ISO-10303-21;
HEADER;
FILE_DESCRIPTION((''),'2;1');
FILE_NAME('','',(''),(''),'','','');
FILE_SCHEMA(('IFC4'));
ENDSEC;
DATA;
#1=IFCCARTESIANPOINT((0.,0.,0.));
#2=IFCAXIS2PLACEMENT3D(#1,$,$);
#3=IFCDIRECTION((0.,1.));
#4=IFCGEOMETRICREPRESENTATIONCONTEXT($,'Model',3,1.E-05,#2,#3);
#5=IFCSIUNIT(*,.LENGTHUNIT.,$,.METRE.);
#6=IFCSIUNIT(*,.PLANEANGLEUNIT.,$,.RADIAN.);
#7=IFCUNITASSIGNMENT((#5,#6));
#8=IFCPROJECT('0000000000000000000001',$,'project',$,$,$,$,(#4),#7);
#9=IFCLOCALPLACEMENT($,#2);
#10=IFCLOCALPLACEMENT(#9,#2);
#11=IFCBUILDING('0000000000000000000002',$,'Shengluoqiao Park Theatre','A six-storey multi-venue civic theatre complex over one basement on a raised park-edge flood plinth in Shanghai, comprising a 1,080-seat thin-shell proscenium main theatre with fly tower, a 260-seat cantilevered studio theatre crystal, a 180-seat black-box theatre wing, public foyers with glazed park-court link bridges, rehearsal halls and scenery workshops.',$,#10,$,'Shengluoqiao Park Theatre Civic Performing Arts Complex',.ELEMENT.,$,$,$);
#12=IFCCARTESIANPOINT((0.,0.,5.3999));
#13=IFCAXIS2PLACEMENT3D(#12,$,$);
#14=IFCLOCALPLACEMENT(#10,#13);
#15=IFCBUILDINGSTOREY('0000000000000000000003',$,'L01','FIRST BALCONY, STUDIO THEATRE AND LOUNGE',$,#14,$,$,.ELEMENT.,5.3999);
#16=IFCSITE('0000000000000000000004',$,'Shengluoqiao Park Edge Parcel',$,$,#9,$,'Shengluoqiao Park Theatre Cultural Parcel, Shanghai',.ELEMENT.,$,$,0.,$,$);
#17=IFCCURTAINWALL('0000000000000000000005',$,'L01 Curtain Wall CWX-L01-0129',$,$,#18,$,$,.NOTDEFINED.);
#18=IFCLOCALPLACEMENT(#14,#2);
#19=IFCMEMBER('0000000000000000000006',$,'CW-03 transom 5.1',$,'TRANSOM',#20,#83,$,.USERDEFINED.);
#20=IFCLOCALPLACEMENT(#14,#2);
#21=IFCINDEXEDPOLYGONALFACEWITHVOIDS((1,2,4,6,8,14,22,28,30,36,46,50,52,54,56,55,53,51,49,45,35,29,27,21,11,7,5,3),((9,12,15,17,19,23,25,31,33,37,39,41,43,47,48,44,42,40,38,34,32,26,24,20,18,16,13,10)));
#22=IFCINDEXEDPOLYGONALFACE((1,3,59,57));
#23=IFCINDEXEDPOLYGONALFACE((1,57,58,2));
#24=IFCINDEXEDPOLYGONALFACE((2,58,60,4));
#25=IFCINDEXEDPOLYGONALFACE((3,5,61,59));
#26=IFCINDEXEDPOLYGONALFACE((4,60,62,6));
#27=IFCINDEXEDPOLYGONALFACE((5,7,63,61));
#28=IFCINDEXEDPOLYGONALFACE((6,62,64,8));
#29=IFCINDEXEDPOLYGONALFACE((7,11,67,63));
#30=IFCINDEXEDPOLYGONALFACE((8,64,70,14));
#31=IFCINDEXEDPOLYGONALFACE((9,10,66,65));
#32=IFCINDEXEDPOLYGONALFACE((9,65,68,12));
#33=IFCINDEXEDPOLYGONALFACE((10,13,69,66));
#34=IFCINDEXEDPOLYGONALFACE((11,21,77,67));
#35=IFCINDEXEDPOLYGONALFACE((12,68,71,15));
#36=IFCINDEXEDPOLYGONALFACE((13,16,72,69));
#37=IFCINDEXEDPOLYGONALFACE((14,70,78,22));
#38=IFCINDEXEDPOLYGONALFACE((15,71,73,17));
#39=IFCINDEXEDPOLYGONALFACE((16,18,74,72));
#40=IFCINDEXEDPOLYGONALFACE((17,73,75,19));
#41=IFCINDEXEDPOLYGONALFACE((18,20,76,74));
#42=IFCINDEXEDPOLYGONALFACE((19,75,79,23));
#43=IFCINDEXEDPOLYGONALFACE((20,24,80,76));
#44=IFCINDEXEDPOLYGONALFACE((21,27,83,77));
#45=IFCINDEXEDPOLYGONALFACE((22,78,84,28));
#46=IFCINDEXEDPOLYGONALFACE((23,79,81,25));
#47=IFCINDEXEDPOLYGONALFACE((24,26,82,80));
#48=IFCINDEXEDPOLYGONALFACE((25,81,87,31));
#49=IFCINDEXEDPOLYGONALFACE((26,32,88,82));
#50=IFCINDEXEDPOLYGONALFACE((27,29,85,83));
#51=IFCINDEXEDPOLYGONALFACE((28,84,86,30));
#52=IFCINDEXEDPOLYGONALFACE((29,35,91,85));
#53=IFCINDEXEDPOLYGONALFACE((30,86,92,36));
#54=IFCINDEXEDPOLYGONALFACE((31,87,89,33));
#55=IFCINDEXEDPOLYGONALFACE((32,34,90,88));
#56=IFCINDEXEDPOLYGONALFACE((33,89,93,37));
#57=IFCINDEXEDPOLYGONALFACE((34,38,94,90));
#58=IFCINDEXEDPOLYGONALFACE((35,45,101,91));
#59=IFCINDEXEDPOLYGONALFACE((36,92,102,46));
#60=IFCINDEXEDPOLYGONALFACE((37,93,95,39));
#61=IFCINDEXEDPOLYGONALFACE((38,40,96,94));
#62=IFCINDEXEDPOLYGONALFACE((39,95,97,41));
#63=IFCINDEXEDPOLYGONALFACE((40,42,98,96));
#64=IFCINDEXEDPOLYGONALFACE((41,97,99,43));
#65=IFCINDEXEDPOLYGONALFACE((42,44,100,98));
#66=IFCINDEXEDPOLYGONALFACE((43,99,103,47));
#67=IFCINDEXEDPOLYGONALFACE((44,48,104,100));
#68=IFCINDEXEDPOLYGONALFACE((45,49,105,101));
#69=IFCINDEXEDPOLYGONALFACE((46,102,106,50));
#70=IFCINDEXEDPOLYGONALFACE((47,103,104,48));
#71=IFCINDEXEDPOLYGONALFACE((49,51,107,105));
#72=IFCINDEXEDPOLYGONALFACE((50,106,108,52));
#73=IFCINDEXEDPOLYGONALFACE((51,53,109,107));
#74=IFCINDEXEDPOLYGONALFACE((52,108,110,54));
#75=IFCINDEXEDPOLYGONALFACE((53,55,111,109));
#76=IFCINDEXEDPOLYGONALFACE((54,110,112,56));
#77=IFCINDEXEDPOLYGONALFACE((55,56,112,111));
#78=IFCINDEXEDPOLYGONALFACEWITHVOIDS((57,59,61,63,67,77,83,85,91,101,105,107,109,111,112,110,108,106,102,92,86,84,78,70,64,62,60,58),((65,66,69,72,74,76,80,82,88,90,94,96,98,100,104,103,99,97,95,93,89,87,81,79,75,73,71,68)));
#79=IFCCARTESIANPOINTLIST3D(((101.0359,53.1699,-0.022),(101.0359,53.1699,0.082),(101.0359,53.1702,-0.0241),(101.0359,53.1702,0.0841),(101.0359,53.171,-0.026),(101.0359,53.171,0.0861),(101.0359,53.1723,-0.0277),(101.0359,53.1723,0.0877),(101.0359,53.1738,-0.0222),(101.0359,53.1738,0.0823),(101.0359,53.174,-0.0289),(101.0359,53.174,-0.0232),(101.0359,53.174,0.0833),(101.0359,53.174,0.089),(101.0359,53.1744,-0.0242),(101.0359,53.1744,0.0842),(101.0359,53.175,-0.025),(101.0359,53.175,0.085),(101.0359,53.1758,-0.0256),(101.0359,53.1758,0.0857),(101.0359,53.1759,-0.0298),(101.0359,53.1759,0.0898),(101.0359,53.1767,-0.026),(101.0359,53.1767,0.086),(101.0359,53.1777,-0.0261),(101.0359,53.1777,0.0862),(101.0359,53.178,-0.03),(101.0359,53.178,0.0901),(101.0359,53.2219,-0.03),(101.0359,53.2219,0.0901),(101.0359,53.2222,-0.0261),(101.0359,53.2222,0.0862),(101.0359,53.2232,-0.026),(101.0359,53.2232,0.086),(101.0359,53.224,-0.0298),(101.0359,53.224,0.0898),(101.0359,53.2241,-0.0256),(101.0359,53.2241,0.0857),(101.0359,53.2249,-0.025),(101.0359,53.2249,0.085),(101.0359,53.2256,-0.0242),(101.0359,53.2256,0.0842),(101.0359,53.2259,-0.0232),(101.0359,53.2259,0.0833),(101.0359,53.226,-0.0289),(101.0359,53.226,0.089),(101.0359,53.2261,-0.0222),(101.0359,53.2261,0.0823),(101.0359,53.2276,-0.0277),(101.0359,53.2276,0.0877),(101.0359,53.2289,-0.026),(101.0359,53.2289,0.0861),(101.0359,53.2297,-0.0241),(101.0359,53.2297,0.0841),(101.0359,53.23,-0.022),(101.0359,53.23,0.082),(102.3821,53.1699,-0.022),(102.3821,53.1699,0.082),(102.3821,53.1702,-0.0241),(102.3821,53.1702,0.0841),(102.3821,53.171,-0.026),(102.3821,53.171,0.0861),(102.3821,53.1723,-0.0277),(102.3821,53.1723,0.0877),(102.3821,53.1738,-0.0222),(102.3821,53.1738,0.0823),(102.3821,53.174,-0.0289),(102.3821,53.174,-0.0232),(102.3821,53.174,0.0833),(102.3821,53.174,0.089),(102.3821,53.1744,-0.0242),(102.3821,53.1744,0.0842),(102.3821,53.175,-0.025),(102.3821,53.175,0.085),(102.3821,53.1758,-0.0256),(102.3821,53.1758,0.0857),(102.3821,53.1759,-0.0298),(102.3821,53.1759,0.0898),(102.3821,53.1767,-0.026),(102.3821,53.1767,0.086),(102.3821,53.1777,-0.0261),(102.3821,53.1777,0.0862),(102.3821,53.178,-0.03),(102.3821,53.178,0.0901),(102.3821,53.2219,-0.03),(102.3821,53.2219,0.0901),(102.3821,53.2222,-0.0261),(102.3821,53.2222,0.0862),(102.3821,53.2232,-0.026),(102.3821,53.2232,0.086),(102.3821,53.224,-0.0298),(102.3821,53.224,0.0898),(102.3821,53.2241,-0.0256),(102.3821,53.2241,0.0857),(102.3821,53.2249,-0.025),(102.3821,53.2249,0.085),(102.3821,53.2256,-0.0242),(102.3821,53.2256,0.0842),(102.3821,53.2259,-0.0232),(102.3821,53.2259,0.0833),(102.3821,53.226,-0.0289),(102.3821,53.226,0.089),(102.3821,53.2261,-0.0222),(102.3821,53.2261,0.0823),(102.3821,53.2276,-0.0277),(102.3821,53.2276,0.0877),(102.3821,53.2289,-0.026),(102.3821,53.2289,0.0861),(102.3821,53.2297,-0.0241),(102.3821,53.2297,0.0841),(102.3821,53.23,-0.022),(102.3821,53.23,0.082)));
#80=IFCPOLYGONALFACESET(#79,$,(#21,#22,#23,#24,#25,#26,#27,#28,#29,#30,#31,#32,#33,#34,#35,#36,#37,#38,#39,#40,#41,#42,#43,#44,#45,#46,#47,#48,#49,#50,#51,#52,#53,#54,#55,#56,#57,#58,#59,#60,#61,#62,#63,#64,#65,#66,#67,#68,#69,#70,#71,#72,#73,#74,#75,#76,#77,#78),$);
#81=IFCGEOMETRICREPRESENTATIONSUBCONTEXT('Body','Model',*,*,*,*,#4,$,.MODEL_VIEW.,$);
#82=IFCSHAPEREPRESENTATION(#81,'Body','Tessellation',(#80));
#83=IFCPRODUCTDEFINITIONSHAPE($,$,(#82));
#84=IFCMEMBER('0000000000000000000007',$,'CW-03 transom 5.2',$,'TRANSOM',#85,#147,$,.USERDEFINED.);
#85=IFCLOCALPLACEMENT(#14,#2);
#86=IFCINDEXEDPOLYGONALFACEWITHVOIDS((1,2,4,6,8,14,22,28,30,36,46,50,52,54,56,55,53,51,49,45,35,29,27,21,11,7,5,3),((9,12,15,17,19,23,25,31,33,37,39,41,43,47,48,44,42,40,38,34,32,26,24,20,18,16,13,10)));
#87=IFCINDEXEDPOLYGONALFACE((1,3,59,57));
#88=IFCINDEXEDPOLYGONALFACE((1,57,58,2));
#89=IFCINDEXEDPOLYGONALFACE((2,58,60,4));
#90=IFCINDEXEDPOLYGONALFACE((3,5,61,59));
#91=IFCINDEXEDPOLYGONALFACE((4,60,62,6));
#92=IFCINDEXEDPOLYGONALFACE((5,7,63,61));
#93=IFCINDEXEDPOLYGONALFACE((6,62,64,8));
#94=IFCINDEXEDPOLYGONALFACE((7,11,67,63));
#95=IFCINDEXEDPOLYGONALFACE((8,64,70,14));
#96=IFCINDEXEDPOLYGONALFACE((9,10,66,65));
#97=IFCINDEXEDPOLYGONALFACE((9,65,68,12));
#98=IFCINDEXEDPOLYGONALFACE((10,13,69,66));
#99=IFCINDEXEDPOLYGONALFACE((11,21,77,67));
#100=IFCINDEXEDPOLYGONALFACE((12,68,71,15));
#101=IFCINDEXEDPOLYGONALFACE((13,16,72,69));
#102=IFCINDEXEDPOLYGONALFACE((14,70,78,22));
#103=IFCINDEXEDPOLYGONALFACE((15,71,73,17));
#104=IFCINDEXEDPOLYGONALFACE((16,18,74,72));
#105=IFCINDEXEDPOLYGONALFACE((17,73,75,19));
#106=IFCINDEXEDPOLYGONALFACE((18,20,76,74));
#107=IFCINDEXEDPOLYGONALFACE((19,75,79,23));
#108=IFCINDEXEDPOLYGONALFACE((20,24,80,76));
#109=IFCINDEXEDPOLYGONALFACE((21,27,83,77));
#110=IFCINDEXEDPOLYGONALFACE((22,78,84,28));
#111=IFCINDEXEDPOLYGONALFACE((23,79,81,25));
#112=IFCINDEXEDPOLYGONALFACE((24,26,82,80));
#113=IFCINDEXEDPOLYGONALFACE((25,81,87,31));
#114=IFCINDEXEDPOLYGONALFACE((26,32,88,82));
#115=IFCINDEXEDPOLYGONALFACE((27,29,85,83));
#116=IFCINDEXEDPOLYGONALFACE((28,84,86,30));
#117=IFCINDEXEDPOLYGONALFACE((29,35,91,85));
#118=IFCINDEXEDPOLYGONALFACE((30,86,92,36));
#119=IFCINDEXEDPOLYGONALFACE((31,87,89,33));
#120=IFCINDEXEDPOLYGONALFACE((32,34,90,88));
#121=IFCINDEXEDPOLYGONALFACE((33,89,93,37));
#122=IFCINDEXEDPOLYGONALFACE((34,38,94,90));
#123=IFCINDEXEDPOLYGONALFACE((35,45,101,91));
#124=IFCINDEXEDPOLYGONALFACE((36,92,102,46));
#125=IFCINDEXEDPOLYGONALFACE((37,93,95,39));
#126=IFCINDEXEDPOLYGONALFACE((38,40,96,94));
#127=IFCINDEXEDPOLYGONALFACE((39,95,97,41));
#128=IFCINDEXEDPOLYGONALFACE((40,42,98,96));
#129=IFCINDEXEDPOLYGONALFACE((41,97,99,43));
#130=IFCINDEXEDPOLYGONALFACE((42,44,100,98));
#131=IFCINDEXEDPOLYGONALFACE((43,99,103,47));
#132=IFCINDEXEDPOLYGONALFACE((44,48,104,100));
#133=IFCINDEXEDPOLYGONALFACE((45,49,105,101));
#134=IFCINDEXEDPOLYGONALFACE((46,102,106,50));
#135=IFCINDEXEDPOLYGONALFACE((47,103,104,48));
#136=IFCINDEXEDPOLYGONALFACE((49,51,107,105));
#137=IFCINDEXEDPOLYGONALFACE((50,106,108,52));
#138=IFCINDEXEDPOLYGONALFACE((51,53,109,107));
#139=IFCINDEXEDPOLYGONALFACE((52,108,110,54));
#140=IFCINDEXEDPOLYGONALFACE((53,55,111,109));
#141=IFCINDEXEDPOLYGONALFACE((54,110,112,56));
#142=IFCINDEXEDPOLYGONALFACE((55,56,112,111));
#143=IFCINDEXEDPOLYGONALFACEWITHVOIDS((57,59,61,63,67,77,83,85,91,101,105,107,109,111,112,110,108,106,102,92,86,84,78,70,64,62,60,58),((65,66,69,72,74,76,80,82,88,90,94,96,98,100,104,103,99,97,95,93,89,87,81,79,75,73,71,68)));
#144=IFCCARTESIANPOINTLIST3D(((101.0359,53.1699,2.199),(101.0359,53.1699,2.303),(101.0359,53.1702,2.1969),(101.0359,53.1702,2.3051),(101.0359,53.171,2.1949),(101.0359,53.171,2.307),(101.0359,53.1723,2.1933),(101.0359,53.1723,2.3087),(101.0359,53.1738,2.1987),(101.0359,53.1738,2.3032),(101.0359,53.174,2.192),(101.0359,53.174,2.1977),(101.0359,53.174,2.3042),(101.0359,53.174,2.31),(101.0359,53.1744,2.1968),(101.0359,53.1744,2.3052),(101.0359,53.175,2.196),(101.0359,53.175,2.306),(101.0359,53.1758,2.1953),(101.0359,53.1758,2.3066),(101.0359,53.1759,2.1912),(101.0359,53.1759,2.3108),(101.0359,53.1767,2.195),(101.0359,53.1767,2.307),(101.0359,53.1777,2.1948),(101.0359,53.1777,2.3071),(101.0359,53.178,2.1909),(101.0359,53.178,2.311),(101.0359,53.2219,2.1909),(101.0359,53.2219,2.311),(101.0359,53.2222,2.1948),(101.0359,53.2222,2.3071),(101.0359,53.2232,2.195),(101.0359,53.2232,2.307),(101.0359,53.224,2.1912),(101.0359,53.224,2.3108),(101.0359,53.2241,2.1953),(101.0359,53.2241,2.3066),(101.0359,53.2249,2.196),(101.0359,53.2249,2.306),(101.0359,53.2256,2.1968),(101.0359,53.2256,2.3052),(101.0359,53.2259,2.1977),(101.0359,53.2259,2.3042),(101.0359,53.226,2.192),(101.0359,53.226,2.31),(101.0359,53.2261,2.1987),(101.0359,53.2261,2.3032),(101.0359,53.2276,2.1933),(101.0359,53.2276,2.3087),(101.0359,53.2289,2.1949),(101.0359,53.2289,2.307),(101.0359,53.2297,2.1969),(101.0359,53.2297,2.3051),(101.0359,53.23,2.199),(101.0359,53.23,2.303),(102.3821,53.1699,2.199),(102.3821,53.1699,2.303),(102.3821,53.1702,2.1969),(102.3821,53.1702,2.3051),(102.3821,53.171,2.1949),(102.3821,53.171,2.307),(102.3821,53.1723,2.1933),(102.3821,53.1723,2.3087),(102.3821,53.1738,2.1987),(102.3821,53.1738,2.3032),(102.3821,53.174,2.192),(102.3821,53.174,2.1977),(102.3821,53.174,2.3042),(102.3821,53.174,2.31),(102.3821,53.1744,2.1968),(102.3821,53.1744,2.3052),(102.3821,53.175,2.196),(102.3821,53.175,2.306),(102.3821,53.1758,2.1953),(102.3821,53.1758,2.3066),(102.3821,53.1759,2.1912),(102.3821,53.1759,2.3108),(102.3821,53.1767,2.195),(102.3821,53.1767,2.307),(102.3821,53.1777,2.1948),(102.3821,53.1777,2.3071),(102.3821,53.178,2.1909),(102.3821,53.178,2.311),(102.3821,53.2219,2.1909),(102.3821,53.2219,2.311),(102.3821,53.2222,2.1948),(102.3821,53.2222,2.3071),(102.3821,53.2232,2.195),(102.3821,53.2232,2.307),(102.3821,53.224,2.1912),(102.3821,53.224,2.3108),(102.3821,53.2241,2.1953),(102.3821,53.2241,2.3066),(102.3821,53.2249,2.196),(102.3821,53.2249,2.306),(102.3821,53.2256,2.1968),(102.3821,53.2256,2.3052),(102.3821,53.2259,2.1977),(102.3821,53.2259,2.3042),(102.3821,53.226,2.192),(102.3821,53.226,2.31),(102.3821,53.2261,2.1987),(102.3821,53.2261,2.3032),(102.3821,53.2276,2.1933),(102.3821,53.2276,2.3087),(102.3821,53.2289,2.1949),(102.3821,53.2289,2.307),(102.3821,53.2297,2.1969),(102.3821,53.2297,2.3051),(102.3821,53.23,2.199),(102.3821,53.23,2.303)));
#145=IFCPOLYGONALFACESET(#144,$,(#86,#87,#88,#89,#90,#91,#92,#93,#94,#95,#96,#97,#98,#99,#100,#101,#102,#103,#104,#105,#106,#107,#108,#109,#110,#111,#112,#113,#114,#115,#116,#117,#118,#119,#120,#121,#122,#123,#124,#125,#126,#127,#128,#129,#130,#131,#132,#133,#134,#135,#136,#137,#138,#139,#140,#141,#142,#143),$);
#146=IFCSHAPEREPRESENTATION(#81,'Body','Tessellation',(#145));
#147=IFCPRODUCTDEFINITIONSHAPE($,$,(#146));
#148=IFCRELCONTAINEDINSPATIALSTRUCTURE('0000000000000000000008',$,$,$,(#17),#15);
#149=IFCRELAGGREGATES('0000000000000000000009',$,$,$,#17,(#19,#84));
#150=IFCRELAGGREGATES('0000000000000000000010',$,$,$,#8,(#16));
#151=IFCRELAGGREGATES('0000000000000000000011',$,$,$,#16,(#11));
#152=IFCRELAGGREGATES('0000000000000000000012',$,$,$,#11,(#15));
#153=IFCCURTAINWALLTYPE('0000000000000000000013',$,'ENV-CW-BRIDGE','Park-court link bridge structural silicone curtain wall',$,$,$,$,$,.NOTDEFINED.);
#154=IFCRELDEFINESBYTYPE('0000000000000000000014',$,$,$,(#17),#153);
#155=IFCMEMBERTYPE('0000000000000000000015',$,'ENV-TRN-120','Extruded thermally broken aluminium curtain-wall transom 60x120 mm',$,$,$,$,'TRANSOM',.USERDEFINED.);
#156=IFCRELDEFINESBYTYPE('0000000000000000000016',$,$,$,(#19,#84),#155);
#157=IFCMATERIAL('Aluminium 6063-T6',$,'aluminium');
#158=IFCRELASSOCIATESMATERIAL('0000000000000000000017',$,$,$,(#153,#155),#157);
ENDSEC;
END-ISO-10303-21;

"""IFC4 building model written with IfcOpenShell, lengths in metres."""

from ifc_helpers import new_model, si_unit, direction, frame, origin, origin_2d, place, context, subcontext, project, spatial, hollow_rectangle, extrude, material, material_profile, profile_set, type_object, element, aggregate, save


model = new_model("IFC4")

# Units and contexts
model_context = context("Model", 3, precision=1e-05, world=origin(), true_north=direction((0.0, 1.0)))
body_context = subcontext(model_context, "Body", "Model", "MODEL_VIEW")
ifc_project = project(units=[si_unit("LENGTHUNIT", "METRE"), si_unit("PLANEANGLEUNIT", "RADIAN")], contexts=[model_context])

# Site, building, storey
site_placement = place(None, origin())
site = spatial("IfcSite", under=ifc_project, at=site_placement, Name="Shengluoqiao Park Edge Parcel", LongName="Shengluoqiao Park Theatre Cultural Parcel, Shanghai", CompositionType="ELEMENT", RefElevation=0.0)
building_placement = place(site_placement, origin())
building = spatial("IfcBuilding", under=site, at=building_placement, Name="Shengluoqiao Park Theatre", Description="A six-storey multi-venue civic theatre complex over one basement on a raised park-edge flood plinth in Shanghai, comprising a 1,080-seat thin-shell proscenium main theatre with fly tower, a 260-seat cantilevered studio theatre crystal, a 180-seat black-box theatre wing, public foyers with glazed park-court link bridges, rehearsal halls and scenery workshops.", LongName="Shengluoqiao Park Theatre Civic Performing Arts Complex", CompositionType="ELEMENT")
storey_placement = place(building_placement, frame((0.0, 0.0, 5.3999)))
storey = spatial("IfcBuildingStorey", under=building, at=storey_placement, Name="L01", Description="FIRST BALCONY, STUDIO THEATRE AND LOUNGE", CompositionType="ELEMENT", Elevation=5.3999)

# Curtain wall, members
ifc_material_1 = material(Name="Aluminium 6063-T6", Category="aluminium")
curtain_wall_type = type_object("IfcCurtainWallType", Name="ENV-CW-BRIDGE", Description="Park-court link bridge structural silicone curtain wall", PredefinedType="NOTDEFINED", material=ifc_material_1)
curtain_wall_placement = place(storey_placement, origin())
curtain_wall = element("IfcCurtainWall", 1, at=curtain_wall_placement, inside=storey, type_object=curtain_wall_type, Name="L01 Curtain Wall CWX-L01-0129", PredefinedType="NOTDEFINED")
ifc_material_profile_1 = material_profile(ifc_material_1, hollow_rectangle(XDim=0.0601, YDim=0.1201, WallThickness=0.0039, InnerFilletRadius=0.0039, OuterFilletRadius=0.0081, at=origin_2d()), Name="ALU TRANSOM 120x60x4")
ifc_profile_set_1 = profile_set([ifc_material_profile_1], Name="Aluminium 6063-T6")
member_type_1 = type_object("IfcMemberType", Name="ENV-TRN-120", Description="Extruded thermally broken aluminium curtain-wall transom 60x120 mm", ElementType="TRANSOM", PredefinedType="USERDEFINED", material=ifc_profile_set_1)
member_1_placement = place(storey_placement, frame((101.0359, 53.2, 0.03), z_axis=(1.0, 0.0, 0.0), x_axis=(0.0, 1.0, 0.0)))
member_1 = element("IfcMember", 2, at=member_1_placement, type_object=member_type_1, Name="CW-03 transom 5.1", ObjectType="TRANSOM", PredefinedType="USERDEFINED", context=body_context, shape_type="SweptSolid", body=[
    extrude(hollow_rectangle(XDim=0.0601, YDim=0.1201, WallThickness=0.0039, InnerFilletRadius=0.0039, OuterFilletRadius=0.0081, at=origin_2d()), origin(), (0.0, 0.0, 1.0), 1.3462),
])
member_2_placement = place(storey_placement, frame((101.0359, 53.2, 2.251), z_axis=(1.0, 0.0, 0.0), x_axis=(0.0, 1.0, 0.0)))
member_2 = element("IfcMember", 3, at=member_2_placement, type_object=member_type_1, Name="CW-03 transom 5.2", ObjectType="TRANSOM", PredefinedType="USERDEFINED", context=body_context, shape_type="SweptSolid", body=[
    extrude(hollow_rectangle(XDim=0.0601, YDim=0.1201, WallThickness=0.0039, InnerFilletRadius=0.0039, OuterFilletRadius=0.0081, at=origin_2d()), origin(), (0.0, 0.0, 1.0), 1.3462),
])

aggregate(curtain_wall, [member_1, member_2])

save(model, "model.ifc")
